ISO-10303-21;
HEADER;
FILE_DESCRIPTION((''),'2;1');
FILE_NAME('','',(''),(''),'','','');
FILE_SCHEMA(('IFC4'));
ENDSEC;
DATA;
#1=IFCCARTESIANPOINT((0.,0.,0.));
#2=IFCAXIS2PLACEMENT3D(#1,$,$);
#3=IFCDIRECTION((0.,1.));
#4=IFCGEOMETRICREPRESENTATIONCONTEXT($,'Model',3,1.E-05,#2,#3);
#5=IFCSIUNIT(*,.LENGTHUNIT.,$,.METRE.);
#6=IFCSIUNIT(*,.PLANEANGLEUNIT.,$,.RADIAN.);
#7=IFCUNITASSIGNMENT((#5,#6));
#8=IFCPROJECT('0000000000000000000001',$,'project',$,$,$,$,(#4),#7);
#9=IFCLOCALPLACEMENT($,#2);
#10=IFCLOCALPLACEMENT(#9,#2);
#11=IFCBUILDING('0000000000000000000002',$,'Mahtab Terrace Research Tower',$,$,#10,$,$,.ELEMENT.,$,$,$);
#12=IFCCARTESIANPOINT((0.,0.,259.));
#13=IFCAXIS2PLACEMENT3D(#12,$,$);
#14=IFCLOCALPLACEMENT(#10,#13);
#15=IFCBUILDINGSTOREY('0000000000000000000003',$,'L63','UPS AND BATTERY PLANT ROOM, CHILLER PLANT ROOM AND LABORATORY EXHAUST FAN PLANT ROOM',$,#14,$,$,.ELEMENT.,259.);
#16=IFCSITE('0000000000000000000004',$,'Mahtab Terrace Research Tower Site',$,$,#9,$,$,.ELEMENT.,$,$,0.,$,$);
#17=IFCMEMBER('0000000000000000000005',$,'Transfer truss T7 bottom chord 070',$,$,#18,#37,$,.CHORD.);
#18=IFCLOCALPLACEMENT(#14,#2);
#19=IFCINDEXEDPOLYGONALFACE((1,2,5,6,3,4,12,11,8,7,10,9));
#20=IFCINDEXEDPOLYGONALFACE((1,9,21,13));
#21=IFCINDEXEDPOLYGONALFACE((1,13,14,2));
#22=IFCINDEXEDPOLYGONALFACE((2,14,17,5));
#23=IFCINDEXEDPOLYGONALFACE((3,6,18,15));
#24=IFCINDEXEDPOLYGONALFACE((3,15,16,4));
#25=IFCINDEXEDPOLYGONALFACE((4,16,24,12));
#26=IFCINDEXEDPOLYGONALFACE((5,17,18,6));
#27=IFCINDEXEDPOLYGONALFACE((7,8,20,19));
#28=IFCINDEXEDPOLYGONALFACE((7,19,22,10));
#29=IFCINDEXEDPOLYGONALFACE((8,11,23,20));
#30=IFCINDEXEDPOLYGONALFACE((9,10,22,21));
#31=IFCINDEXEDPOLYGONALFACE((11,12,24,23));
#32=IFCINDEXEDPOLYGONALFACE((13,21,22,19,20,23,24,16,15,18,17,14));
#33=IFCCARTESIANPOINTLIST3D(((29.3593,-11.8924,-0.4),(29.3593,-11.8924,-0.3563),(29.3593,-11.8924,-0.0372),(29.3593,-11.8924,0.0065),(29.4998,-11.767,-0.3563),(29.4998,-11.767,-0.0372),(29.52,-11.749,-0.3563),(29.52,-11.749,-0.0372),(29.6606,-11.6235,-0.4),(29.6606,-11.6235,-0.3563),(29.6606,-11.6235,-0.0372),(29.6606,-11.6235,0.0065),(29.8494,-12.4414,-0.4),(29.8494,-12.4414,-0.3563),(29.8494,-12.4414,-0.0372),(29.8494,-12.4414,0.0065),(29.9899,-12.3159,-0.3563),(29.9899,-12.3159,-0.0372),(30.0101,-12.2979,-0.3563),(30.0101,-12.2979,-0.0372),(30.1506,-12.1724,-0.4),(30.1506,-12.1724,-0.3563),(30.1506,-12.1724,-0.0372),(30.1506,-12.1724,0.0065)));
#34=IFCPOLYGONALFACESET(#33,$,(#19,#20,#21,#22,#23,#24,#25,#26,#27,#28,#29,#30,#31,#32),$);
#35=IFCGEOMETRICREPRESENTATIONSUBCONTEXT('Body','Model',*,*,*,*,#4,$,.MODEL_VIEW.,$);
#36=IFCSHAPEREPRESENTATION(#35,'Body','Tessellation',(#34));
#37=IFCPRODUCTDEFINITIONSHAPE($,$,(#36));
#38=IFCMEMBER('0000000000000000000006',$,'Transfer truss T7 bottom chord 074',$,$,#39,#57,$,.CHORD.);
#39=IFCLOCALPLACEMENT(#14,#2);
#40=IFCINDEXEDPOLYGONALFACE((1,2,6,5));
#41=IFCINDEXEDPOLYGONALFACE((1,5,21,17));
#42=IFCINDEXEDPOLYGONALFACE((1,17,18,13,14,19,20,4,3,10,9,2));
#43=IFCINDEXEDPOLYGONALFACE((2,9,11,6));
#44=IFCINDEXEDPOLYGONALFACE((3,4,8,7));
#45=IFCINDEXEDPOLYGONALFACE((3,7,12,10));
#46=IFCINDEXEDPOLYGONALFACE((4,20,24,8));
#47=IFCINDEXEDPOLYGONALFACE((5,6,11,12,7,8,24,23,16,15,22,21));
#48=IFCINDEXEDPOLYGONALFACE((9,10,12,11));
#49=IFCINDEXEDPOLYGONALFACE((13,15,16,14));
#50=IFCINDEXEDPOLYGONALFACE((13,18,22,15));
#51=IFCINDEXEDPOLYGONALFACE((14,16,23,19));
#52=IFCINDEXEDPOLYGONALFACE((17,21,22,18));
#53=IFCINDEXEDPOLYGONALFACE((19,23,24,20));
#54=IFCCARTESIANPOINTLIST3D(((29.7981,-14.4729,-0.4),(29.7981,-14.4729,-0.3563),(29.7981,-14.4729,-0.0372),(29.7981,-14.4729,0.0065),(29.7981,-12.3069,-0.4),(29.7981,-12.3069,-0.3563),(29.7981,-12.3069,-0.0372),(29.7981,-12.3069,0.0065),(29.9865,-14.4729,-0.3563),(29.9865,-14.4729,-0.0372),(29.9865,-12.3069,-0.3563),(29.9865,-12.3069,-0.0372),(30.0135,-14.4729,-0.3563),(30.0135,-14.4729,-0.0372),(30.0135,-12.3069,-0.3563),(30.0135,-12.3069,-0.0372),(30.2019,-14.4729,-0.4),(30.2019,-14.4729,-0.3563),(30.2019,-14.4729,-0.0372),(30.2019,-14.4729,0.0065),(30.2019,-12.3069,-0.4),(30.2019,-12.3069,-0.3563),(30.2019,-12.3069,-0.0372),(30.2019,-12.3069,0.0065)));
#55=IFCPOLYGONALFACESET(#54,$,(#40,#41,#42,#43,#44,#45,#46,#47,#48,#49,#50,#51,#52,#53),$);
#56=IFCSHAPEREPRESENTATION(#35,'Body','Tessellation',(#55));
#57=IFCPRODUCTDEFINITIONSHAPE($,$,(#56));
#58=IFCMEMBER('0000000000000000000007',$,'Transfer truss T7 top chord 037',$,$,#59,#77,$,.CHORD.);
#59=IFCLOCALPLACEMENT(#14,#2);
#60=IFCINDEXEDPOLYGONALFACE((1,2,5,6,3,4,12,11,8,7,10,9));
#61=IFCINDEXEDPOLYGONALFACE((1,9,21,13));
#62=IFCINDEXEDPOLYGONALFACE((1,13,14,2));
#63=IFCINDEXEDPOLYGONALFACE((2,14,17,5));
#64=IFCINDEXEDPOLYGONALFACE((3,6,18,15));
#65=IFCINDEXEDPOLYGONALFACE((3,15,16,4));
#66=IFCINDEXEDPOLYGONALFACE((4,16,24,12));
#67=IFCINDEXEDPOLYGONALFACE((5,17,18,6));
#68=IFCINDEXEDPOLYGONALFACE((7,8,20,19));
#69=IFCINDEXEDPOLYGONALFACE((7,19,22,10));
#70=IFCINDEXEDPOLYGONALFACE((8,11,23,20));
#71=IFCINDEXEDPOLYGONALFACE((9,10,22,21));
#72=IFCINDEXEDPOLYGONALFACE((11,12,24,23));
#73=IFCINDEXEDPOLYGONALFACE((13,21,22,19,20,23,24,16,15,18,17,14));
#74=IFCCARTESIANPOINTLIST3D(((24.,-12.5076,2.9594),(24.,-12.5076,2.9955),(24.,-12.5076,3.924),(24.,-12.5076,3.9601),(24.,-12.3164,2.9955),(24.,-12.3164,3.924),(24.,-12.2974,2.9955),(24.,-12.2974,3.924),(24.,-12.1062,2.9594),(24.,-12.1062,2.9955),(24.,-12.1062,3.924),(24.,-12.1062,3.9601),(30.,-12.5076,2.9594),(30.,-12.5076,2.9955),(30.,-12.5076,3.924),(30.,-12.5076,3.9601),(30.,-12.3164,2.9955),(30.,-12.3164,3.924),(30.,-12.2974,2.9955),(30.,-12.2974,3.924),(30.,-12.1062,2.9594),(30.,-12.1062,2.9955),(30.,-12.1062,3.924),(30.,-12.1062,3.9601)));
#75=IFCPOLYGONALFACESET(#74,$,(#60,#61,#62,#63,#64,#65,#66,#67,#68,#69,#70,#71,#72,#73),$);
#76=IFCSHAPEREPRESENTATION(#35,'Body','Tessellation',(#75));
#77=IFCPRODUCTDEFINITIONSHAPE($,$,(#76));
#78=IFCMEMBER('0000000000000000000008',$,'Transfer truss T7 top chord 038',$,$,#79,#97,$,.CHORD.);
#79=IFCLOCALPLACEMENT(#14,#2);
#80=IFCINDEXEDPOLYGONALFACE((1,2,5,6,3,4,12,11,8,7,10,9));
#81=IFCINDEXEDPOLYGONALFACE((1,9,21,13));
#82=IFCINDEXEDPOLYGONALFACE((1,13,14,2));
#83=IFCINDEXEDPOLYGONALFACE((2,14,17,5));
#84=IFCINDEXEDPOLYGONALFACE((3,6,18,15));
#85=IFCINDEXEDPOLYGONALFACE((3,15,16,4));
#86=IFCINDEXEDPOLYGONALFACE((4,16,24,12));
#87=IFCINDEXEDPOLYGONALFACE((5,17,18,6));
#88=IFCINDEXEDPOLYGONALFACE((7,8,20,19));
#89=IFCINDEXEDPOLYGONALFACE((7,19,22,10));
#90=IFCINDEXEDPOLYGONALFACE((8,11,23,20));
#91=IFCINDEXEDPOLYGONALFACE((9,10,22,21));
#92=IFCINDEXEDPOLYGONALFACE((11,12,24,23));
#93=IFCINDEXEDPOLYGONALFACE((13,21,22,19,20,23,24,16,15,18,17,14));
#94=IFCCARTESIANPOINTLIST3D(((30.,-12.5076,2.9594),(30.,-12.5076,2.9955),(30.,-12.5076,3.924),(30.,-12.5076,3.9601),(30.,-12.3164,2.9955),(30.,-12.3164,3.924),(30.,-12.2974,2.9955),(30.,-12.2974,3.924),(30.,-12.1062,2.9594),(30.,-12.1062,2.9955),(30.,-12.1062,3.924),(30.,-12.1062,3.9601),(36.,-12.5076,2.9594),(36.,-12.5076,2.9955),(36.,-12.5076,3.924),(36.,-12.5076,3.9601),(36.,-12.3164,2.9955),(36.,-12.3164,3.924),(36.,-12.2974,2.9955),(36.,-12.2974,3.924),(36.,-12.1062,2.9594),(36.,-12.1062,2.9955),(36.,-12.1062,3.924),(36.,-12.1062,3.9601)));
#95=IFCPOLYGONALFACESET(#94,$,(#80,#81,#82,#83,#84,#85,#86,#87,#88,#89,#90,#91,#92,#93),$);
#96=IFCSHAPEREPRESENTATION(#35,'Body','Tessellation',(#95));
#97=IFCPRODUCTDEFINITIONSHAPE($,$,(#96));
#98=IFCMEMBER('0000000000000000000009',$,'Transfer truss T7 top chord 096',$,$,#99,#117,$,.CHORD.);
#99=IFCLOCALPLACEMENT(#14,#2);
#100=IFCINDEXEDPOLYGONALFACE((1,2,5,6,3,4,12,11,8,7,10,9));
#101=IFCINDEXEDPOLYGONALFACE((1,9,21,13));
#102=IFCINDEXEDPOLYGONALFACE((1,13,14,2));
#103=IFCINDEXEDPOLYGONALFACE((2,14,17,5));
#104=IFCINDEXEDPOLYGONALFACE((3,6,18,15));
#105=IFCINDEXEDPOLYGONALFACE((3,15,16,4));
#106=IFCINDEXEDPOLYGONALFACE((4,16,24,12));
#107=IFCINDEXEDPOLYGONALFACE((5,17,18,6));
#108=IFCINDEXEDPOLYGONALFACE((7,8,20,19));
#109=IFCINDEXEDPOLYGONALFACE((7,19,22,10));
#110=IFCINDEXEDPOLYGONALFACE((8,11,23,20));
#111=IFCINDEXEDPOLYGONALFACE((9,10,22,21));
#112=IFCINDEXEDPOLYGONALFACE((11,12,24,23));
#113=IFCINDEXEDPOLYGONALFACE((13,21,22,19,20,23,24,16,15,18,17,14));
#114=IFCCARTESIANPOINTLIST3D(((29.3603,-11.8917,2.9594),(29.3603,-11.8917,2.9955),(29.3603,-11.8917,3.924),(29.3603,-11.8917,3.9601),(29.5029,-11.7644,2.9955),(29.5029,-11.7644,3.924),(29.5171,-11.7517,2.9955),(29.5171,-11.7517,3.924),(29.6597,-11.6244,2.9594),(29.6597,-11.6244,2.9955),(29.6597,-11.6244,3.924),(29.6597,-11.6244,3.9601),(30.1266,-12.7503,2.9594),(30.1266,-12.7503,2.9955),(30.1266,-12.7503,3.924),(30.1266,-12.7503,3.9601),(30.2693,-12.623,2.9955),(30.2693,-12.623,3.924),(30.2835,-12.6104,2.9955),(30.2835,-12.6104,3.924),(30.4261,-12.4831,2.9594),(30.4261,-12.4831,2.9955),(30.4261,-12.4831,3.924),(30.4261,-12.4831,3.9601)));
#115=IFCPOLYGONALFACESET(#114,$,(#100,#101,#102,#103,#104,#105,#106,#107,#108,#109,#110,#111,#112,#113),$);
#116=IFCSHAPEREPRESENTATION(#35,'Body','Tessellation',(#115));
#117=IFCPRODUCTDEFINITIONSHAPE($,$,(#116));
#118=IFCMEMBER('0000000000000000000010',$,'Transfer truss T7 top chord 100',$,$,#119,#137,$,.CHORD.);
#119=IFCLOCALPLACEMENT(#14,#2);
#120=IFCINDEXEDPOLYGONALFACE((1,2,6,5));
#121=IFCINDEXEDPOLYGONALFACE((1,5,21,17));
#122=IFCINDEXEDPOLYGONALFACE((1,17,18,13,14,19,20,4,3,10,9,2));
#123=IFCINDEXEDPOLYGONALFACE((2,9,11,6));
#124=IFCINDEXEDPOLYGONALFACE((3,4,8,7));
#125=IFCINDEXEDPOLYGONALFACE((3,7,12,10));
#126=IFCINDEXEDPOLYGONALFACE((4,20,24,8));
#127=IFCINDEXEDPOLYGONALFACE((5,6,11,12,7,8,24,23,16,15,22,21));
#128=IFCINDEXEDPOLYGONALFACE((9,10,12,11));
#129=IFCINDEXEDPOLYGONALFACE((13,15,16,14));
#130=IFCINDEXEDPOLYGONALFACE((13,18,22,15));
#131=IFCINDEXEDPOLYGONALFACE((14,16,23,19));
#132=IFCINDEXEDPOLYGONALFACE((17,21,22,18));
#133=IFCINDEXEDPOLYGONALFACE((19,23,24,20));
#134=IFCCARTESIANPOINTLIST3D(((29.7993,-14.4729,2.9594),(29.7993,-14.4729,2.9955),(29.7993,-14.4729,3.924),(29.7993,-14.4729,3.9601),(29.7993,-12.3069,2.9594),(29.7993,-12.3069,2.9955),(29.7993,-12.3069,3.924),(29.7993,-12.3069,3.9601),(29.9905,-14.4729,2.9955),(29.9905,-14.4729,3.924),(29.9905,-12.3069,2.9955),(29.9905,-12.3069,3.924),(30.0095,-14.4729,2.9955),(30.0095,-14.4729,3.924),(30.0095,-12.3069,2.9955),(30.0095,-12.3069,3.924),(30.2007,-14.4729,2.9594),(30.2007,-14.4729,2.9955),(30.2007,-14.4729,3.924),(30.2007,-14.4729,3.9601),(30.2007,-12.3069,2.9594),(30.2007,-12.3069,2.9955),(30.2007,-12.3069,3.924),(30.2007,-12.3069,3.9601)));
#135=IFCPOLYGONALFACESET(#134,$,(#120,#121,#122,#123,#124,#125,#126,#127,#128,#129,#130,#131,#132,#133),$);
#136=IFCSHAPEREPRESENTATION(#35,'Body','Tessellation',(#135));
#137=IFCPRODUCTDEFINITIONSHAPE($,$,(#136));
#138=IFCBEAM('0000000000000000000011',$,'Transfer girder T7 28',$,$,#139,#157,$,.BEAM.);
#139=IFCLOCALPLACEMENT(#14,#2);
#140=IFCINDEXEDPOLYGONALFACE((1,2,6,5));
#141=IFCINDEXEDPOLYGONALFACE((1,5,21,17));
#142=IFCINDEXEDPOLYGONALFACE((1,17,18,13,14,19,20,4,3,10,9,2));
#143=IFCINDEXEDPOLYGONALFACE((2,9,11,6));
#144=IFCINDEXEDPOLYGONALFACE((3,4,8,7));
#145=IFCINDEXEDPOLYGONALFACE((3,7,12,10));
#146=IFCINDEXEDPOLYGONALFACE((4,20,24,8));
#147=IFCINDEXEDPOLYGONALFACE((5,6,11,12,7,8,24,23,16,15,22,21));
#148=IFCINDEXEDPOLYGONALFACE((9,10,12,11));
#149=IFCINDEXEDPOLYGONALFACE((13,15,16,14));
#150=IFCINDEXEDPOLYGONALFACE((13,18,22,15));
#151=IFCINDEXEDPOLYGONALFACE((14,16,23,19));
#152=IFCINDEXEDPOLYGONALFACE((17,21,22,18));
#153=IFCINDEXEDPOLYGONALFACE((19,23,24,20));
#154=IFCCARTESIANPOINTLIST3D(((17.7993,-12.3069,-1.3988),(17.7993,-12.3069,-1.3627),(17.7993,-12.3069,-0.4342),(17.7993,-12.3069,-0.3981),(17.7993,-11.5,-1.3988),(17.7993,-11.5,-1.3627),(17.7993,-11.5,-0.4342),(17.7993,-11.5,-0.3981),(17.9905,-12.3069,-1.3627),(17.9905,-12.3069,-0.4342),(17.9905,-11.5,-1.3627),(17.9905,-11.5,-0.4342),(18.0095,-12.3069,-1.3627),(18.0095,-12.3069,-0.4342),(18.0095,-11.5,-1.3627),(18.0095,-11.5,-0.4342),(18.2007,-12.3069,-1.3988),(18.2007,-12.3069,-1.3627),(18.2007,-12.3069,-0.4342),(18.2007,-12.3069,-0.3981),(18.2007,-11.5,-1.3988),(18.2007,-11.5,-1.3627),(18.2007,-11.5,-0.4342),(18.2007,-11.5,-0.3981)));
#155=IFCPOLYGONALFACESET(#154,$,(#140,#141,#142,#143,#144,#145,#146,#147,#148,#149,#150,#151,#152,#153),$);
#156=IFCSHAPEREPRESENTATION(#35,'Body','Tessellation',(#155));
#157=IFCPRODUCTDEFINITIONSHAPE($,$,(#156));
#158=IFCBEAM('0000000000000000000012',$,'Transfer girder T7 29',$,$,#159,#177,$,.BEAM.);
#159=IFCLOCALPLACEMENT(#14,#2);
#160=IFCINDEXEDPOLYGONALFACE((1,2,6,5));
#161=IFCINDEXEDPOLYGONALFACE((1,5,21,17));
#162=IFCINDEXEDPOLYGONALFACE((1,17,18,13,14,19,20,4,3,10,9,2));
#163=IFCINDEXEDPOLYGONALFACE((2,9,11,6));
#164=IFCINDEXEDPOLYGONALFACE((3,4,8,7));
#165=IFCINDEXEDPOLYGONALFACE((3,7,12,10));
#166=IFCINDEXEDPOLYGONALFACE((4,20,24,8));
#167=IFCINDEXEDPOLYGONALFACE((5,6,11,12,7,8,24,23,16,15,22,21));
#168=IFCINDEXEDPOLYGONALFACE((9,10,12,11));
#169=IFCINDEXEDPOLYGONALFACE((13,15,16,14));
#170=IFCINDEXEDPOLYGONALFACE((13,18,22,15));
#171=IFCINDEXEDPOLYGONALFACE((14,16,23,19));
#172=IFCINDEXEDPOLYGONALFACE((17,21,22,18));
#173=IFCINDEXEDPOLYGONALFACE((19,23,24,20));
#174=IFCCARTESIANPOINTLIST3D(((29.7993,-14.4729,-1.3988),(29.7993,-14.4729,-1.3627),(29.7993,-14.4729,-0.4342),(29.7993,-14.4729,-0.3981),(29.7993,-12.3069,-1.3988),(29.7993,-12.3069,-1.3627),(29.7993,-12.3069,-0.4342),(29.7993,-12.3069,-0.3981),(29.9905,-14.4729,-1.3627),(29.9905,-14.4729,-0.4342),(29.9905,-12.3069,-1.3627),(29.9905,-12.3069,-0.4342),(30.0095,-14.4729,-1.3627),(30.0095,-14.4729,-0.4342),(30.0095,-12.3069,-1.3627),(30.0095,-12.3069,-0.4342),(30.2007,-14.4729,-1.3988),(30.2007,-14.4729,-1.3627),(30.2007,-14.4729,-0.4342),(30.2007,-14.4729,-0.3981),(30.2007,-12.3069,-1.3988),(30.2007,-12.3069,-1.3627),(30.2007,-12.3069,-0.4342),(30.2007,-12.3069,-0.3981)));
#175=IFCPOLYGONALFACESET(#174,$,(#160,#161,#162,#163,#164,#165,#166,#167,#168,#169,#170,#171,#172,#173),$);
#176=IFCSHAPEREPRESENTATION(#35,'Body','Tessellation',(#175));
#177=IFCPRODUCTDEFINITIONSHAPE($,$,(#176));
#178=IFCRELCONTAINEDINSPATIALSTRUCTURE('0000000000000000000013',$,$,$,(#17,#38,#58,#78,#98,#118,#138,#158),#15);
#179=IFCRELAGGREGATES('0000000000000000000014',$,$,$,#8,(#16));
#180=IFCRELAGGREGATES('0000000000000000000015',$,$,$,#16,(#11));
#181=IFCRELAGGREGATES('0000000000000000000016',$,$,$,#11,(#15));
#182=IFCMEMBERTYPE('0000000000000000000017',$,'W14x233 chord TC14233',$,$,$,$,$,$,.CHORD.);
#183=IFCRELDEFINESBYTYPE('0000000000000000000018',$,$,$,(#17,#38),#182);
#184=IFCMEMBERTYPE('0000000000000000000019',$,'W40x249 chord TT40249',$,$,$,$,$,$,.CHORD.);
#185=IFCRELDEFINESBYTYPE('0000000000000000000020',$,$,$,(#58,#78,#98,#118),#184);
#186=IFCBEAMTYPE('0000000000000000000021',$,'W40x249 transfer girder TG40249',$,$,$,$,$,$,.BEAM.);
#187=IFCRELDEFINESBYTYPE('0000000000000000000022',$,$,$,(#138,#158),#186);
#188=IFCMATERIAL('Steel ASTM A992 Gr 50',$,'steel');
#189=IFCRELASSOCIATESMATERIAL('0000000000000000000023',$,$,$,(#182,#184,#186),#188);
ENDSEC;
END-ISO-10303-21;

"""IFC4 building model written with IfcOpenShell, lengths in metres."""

from ifc_helpers import new_model, si_unit, direction, frame, origin, origin_2d, place, context, subcontext, project, spatial, i_section, extrude, material, material_profile, profile_set, type_object, element, save


model = new_model("IFC4")

# Units and contexts
model_context = context("Model", 3, precision=1e-05, world=origin(), true_north=direction((0.0, 1.0)))
body_context = subcontext(model_context, "Body", "Model", "MODEL_VIEW")
ifc_project = project(units=[si_unit("LENGTHUNIT", "METRE"), si_unit("PLANEANGLEUNIT", "RADIAN")], contexts=[model_context])

# Site, building, storey
site_placement = place(None, origin())
site = spatial("IfcSite", under=ifc_project, at=site_placement, Name="Mahtab Terrace Research Tower Site", CompositionType="ELEMENT", RefElevation=0.0)
building_placement = place(site_placement, origin())
building = spatial("IfcBuilding", under=site, at=building_placement, Name="Mahtab Terrace Research Tower", CompositionType="ELEMENT")
storey_placement = place(building_placement, frame((0.0, 0.0, 259.0)))
storey = spatial("IfcBuildingStorey", under=building, at=storey_placement, Name="L63", Description="UPS AND BATTERY PLANT ROOM, CHILLER PLANT ROOM AND LABORATORY EXHAUST FAN PLANT ROOM", CompositionType="ELEMENT", Elevation=259.0)

# Shared definitions
ifc_material_1 = material(Name="Steel ASTM A992 Gr 50", Category="steel")

# Members
ifc_material_profile_1 = material_profile(ifc_material_1, i_section(OverallWidth=0.4038, OverallDepth=0.4065, WebThickness=0.0271, FlangeThickness=0.0437, at=origin_2d()), Name="W14X233")
ifc_profile_set_1 = profile_set([ifc_material_profile_1], Name="Steel ASTM A992 Gr 50")
member_type_1 = type_object("IfcMemberType", Name="W14x233 chord TC14233", PredefinedType="CHORD", material=ifc_profile_set_1)
member_1_placement = place(storey_placement, frame((30.0, -12.3069, -0.1968), z_axis=(-0.665989, 0.745961, 0.0), x_axis=(-0.745961, -0.665989, 0.0)))
element("IfcMember", 1, at=member_1_placement, inside=storey, type_object=member_type_1, Name="Transfer truss T7 bottom chord 070", PredefinedType="CHORD", context=body_context, shape_type="SweptSolid", body=[
    extrude(i_section(OverallWidth=0.4038, OverallDepth=0.4065, WebThickness=0.0271, FlangeThickness=0.0437, at=origin_2d()), origin(), (0.0, 0.0, 1.0), 0.7358),
])
member_2_placement = place(storey_placement, frame((30.0, -14.4729, -0.1968), z_axis=(0.0, 1.0, 0.0), x_axis=(-1.0, 0.0, 0.0)))
element("IfcMember", 2, at=member_2_placement, inside=storey, type_object=member_type_1, Name="Transfer truss T7 bottom chord 074", PredefinedType="CHORD", context=body_context, shape_type="SweptSolid", body=[
    extrude(i_section(OverallWidth=0.4038, OverallDepth=0.4065, WebThickness=0.0271, FlangeThickness=0.0437, at=origin_2d()), origin(), (0.0, 0.0, 1.0), 2.166),
])
ifc_material_profile_2 = material_profile(ifc_material_1, i_section(OverallWidth=0.4014, OverallDepth=1.0007, WebThickness=0.019, FlangeThickness=0.0361, at=origin_2d()), Name="W40X249")
ifc_profile_set_2 = profile_set([ifc_material_profile_2], Name="Steel ASTM A992 Gr 50")
member_type_2 = type_object("IfcMemberType", Name="W40x249 chord TT40249", PredefinedType="CHORD", material=ifc_profile_set_2)
for number, where, z_axis, x_axis, name in (
    (3, (24.0, -12.3069, 3.4597), (1.0, 0.0, 0.0), (0.0, 1.0, 0.0), "Transfer truss T7 top chord 037"),
    (4, (30.0, -12.3069, 3.4597), (1.0, 0.0, 0.0), (0.0, 1.0, 0.0), "Transfer truss T7 top chord 038"),
):
    element("IfcMember", number, at=place(storey_placement, frame(where, z_axis=z_axis, x_axis=x_axis)), inside=storey, type_object=member_type_2, Name=name, PredefinedType="CHORD", context=body_context, shape_type="SweptSolid", body=[
        extrude(i_section(OverallWidth=0.4014, OverallDepth=1.0007, WebThickness=0.019, FlangeThickness=0.0361, at=origin_2d()), origin(), (0.0, 0.0, 1.0), 6.0),
    ])
member_3_placement = place(storey_placement, frame((30.2764, -12.6167, 3.4597), z_axis=(-0.665877, 0.746062, 0.0), x_axis=(-0.746062, -0.665877, 0.0)))
element("IfcMember", 5, at=member_3_placement, inside=storey, type_object=member_type_2, Name="Transfer truss T7 top chord 096", PredefinedType="CHORD", context=body_context, shape_type="SweptSolid", body=[
    extrude(i_section(OverallWidth=0.4014, OverallDepth=1.0007, WebThickness=0.019, FlangeThickness=0.0361, at=origin_2d()), origin(), (0.0, 0.0, 1.0), 1.1509),
])
member_4_placement = place(storey_placement, frame((30.0, -14.4729, 3.4597), z_axis=(0.0, 1.0, 0.0), x_axis=(-1.0, 0.0, 0.0)))
element("IfcMember", 6, at=member_4_placement, inside=storey, type_object=member_type_2, Name="Transfer truss T7 top chord 100", PredefinedType="CHORD", context=body_context, shape_type="SweptSolid", body=[
    extrude(i_section(OverallWidth=0.4014, OverallDepth=1.0007, WebThickness=0.019, FlangeThickness=0.0361, at=origin_2d()), origin(), (0.0, 0.0, 1.0), 2.166),
])

# Beams
ifc_material_profile_3 = material_profile(ifc_material_1, i_section(OverallWidth=0.4014, OverallDepth=1.0007, WebThickness=0.019, FlangeThickness=0.0361, at=origin_2d()), Name="W40X249")
ifc_profile_set_3 = profile_set([ifc_material_profile_3], Name="Steel ASTM A992 Gr 50")
beam_type = type_object("IfcBeamType", Name="W40x249 transfer girder TG40249", PredefinedType="BEAM", material=ifc_profile_set_3)
beam_1_placement = place(storey_placement, frame((18.0, -12.3069, -0.8984), z_axis=(0.0, 1.0, 0.0), x_axis=(-1.0, 0.0, 0.0)))
element("IfcBeam", 7, at=beam_1_placement, inside=storey, type_object=beam_type, Name="Transfer girder T7 28", PredefinedType="BEAM", context=body_context, shape_type="SweptSolid", body=[
    extrude(i_section(OverallWidth=0.4014, OverallDepth=1.0007, WebThickness=0.019, FlangeThickness=0.0361, at=origin_2d()), origin(), (0.0, 0.0, 1.0), 0.8069),
])
beam_2_placement = place(storey_placement, frame((30.0, -14.4729, -0.8984), z_axis=(0.0, 1.0, 0.0), x_axis=(-1.0, 0.0, 0.0)))
element("IfcBeam", 8, at=beam_2_placement, inside=storey, type_object=beam_type, Name="Transfer girder T7 29", PredefinedType="BEAM", context=body_context, shape_type="SweptSolid", body=[
    extrude(i_section(OverallWidth=0.4014, OverallDepth=1.0007, WebThickness=0.019, FlangeThickness=0.0361, at=origin_2d()), origin(), (0.0, 0.0, 1.0), 2.166),
])

save(model, "model.ifc")
